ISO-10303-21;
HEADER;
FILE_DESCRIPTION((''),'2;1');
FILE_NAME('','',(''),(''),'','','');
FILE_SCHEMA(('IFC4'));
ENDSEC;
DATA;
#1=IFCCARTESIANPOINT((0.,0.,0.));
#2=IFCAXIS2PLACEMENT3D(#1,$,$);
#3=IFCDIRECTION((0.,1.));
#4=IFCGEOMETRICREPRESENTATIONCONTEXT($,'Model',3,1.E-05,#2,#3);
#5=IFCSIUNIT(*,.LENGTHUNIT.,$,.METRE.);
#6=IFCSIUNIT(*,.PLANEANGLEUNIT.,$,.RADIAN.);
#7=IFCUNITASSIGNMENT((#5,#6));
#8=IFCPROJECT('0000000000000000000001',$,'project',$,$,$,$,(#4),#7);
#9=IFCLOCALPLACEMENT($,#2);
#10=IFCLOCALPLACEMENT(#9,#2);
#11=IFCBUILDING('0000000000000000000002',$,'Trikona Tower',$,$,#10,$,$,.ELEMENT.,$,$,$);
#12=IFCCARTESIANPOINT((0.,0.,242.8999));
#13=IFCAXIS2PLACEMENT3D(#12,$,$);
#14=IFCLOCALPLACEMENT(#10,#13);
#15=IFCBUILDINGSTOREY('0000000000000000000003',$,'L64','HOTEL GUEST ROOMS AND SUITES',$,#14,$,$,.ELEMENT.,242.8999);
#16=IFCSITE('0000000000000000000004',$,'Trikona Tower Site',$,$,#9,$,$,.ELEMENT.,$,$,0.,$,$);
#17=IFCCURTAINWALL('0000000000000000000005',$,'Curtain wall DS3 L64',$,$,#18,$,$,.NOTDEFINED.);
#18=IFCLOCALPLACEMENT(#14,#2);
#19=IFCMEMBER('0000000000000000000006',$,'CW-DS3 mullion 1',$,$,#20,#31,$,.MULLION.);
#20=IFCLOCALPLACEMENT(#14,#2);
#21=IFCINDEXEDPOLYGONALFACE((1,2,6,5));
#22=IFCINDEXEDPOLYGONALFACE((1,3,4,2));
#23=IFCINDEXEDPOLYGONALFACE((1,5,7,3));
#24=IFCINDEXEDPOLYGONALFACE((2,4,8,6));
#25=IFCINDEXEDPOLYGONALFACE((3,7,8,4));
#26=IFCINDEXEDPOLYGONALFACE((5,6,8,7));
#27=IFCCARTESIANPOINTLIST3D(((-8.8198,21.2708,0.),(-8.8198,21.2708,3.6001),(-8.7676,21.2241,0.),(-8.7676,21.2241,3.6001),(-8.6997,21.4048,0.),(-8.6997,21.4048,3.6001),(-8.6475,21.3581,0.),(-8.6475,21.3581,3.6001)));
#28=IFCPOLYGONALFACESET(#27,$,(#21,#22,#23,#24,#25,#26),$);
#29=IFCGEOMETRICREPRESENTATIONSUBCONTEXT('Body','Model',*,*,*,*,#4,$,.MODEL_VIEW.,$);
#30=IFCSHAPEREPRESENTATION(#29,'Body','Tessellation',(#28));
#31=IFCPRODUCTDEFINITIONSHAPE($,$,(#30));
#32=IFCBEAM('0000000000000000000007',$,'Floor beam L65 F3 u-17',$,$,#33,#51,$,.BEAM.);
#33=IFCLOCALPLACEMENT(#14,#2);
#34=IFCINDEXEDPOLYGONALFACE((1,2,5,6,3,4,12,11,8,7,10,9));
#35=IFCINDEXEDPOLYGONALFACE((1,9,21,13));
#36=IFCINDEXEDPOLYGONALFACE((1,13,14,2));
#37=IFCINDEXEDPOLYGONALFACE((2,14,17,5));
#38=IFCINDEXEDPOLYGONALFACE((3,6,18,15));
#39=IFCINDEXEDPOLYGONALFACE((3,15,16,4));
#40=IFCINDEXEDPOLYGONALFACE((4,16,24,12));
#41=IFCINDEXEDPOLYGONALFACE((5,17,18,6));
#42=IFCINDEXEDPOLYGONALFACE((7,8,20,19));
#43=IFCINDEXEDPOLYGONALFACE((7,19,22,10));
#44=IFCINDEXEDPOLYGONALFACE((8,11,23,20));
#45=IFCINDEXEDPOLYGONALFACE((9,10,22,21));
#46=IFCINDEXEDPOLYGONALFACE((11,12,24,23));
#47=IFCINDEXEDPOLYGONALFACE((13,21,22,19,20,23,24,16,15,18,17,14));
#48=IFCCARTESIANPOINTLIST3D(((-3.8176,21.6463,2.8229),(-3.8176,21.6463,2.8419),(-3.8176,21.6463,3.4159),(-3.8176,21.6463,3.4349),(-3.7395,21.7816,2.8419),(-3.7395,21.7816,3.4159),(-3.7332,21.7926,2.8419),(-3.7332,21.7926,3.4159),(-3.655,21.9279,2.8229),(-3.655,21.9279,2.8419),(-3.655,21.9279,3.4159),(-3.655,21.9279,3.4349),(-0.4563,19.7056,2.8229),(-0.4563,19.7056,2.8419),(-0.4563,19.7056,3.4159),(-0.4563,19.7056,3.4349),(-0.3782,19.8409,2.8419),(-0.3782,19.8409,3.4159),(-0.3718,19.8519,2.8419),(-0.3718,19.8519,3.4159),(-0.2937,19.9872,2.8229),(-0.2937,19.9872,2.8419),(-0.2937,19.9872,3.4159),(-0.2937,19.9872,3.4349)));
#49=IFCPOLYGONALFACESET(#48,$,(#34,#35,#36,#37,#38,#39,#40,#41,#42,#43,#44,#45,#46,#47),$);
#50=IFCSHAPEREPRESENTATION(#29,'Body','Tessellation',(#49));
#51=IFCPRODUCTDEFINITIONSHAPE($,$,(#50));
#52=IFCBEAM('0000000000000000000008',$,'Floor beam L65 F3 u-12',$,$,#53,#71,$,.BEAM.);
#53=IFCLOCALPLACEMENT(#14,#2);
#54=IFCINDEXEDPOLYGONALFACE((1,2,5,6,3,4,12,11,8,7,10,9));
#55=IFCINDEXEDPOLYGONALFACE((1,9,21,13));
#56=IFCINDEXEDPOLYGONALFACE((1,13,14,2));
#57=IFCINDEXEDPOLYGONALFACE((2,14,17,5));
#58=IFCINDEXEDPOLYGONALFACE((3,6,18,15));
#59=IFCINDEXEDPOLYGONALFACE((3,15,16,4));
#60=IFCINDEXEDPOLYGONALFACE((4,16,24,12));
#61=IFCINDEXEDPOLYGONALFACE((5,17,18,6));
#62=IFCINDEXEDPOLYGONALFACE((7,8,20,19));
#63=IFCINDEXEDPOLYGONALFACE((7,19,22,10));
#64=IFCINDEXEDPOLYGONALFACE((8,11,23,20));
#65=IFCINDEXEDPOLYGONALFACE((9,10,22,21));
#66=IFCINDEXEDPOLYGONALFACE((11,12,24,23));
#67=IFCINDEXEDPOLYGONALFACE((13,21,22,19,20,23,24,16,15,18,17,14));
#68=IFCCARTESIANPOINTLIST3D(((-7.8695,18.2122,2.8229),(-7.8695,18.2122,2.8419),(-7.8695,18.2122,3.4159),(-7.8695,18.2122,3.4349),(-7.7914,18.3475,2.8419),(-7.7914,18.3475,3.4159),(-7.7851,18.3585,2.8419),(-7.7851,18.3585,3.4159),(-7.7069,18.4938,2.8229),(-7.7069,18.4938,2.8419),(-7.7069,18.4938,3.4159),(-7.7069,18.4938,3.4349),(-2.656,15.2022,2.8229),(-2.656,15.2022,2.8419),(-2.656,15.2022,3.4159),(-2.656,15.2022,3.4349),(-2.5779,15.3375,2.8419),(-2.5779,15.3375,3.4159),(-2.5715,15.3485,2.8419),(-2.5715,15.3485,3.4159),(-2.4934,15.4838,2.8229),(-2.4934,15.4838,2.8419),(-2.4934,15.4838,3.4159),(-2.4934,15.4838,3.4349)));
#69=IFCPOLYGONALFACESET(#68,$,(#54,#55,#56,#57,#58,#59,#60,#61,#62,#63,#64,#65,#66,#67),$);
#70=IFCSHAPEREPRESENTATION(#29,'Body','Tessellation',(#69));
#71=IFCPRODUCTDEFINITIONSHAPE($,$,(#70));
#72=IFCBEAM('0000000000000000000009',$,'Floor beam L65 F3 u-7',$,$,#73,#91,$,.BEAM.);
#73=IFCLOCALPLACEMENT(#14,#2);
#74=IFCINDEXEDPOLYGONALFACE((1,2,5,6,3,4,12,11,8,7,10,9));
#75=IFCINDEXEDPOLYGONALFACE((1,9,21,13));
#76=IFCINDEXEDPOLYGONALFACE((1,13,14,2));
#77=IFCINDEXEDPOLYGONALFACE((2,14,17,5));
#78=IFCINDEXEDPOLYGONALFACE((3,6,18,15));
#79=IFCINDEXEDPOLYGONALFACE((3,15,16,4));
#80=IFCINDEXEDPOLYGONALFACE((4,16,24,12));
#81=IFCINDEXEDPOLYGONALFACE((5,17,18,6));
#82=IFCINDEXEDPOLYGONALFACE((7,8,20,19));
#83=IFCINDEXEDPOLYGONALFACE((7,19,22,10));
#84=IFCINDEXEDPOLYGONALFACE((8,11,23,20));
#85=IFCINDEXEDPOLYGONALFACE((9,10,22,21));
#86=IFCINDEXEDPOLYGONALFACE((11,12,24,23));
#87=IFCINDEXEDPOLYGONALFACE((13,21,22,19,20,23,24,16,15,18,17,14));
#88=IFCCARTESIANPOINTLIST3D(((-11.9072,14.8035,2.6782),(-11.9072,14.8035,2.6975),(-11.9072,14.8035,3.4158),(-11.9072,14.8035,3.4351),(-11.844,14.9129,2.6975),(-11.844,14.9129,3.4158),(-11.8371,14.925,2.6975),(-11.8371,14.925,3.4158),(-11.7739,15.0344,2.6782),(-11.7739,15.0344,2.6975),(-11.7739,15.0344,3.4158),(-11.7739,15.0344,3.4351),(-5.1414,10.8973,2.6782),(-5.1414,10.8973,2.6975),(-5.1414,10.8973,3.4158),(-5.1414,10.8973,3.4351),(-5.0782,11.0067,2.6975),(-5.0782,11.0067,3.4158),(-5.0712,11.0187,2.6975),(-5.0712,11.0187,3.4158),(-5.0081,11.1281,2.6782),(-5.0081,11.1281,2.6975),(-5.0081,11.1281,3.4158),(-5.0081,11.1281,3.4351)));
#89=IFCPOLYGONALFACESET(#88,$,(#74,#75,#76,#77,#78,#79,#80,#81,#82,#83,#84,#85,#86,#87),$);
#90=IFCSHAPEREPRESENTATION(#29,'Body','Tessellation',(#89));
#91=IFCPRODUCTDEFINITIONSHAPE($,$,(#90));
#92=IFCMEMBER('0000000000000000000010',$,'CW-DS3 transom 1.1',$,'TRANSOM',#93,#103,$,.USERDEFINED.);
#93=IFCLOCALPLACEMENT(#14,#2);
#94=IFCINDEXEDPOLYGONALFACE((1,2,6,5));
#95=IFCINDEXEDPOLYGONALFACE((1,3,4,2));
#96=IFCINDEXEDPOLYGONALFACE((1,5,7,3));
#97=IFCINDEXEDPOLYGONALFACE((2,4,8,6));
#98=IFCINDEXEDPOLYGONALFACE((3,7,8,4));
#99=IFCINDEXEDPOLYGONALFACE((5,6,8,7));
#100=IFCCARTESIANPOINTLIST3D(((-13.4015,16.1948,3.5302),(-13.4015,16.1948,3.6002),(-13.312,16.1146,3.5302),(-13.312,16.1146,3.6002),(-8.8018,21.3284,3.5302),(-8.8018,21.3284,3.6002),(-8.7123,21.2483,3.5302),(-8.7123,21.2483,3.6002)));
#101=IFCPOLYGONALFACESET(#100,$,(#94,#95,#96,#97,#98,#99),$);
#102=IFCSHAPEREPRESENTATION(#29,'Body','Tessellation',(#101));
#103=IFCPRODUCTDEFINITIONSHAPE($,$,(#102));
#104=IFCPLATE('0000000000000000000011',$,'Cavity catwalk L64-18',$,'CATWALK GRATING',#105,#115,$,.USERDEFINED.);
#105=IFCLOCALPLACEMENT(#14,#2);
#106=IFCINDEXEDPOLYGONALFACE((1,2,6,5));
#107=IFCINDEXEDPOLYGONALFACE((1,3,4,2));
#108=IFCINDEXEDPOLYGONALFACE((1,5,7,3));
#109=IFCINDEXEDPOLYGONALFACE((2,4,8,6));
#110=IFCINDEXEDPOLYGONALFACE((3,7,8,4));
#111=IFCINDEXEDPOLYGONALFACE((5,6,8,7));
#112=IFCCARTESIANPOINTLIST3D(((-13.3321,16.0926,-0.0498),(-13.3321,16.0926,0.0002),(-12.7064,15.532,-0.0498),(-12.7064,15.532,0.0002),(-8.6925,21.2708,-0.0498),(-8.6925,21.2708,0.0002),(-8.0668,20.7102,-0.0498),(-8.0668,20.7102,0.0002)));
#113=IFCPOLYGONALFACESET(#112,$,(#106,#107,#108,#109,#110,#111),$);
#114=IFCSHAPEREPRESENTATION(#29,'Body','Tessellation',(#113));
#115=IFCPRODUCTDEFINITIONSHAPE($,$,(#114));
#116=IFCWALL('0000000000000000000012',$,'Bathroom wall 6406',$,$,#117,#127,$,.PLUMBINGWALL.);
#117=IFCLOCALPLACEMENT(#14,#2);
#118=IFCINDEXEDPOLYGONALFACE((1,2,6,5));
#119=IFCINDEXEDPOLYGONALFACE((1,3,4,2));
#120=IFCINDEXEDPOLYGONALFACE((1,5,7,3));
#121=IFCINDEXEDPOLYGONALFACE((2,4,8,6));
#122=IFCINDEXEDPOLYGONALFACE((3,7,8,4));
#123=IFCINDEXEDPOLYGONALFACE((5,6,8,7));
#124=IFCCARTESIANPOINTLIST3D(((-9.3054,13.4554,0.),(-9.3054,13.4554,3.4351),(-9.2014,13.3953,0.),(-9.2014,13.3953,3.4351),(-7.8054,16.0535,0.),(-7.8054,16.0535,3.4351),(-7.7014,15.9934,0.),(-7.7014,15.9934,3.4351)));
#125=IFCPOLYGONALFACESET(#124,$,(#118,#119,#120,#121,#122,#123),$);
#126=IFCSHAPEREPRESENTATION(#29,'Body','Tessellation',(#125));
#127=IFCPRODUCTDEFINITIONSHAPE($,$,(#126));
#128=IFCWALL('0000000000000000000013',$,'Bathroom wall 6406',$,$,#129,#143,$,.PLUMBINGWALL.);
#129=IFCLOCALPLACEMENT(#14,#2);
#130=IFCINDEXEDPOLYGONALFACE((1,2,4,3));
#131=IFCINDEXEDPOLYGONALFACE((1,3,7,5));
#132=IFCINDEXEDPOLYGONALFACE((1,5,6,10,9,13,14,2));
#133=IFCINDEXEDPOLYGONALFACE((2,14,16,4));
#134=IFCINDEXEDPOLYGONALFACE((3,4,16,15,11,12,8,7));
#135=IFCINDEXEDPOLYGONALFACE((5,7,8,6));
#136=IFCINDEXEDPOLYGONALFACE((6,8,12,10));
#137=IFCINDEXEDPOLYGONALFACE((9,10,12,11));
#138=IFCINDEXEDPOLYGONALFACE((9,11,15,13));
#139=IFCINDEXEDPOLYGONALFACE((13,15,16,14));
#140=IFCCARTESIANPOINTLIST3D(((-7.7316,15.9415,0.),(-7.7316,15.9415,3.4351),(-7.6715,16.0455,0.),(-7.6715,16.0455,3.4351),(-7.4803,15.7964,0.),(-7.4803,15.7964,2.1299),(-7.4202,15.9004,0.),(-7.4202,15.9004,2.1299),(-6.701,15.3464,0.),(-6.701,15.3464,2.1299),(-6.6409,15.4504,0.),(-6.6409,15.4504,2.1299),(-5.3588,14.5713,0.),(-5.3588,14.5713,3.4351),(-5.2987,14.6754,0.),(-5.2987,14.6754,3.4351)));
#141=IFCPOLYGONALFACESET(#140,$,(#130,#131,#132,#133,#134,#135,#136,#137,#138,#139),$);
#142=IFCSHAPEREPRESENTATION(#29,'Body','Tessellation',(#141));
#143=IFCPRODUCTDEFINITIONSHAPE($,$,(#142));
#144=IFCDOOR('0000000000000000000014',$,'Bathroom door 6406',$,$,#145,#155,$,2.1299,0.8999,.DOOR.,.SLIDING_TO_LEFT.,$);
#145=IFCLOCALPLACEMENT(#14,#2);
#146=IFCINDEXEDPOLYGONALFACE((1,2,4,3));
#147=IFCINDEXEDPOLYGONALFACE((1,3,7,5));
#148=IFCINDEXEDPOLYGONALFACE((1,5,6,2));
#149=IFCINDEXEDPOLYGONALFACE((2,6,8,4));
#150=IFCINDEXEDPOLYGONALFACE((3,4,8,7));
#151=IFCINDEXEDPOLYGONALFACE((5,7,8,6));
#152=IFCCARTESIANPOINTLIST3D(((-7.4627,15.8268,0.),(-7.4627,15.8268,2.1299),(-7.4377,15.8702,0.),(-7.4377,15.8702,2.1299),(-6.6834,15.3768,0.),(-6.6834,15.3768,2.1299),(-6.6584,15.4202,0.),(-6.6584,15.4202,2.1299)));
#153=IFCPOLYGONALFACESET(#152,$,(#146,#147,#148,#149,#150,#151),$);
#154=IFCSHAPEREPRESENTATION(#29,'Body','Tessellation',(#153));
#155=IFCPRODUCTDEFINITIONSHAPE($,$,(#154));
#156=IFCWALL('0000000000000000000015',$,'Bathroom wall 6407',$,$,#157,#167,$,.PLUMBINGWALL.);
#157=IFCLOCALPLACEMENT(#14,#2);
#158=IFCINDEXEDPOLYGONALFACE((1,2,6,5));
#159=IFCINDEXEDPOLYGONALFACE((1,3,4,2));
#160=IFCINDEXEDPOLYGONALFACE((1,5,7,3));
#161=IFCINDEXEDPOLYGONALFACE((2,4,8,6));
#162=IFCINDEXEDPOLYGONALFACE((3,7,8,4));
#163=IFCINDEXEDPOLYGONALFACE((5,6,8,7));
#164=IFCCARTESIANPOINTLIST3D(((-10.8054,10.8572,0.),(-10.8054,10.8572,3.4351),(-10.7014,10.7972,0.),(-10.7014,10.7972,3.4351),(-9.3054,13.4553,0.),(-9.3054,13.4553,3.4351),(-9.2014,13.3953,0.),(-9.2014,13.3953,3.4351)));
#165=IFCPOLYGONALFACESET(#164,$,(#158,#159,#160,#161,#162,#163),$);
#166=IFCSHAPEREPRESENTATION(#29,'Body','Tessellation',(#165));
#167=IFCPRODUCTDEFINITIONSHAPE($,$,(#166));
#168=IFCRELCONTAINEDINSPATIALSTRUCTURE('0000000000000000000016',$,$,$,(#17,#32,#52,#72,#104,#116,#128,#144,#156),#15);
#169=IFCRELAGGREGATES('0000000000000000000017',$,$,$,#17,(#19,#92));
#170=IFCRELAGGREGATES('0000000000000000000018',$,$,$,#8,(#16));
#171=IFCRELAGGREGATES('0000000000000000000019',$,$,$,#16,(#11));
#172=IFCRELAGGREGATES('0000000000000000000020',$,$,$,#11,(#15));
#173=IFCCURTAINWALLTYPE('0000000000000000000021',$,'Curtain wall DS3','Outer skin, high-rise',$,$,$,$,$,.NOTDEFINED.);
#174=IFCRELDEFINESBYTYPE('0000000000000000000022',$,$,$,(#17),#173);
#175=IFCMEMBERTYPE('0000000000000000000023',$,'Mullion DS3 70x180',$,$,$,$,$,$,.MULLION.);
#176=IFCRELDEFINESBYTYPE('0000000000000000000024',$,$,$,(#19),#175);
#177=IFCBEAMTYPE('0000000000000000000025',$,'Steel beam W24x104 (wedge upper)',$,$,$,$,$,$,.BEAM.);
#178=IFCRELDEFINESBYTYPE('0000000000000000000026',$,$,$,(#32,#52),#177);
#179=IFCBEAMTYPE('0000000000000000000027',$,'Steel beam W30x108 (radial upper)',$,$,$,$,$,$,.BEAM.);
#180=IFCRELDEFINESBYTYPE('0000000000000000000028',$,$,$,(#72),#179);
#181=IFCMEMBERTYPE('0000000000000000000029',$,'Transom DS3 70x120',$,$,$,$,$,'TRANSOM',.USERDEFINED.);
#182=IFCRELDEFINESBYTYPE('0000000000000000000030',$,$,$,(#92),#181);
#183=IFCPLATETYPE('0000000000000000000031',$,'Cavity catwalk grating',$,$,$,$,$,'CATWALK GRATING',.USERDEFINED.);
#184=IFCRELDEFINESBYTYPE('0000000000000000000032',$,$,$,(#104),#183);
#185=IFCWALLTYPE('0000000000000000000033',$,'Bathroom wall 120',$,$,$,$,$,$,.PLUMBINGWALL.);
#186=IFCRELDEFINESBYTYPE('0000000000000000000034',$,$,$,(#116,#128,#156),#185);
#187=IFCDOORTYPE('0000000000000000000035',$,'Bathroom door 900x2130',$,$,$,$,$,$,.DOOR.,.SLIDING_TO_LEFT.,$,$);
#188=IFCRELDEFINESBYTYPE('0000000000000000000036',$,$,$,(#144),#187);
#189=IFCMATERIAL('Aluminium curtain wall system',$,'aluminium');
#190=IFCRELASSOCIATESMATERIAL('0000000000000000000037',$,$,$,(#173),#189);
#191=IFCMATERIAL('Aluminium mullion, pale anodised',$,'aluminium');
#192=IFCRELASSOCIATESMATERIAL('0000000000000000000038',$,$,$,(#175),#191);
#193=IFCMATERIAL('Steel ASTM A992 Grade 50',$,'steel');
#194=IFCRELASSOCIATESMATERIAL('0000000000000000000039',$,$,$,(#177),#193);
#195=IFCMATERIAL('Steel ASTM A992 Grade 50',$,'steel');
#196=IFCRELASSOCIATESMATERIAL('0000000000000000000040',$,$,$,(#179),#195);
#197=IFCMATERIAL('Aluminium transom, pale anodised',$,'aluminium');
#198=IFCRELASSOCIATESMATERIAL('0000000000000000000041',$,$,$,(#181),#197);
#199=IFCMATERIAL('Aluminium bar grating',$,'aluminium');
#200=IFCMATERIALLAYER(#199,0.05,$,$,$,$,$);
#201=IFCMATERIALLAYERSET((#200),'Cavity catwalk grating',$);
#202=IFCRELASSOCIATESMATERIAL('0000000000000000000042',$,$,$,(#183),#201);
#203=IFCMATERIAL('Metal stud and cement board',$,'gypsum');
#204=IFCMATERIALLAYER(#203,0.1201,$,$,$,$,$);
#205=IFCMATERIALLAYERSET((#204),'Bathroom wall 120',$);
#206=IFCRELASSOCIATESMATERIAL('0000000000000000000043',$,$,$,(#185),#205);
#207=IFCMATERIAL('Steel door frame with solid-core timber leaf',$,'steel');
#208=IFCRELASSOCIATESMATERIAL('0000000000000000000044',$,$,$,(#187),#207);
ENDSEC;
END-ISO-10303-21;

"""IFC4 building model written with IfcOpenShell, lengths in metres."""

from ifc_helpers import new_model, si_unit, direction, frame, frame_2d, origin, origin_2d, place, context, subcontext, project, spatial, rectangle, i_section, extrude, material, layer, layer_set, material_profile, profile_set, type_object, element, fill, aggregate, save


model = new_model("IFC4")

# Units and contexts
model_context = context("Model", 3, precision=1e-05, world=origin(), true_north=direction((0.0, 1.0)))
body_context = subcontext(model_context, "Body", "Model", "MODEL_VIEW")
ifc_project = project(units=[si_unit("LENGTHUNIT", "METRE"), si_unit("PLANEANGLEUNIT", "RADIAN")], contexts=[model_context])

# Site, building, storey
site_placement = place(None, origin())
site = spatial("IfcSite", under=ifc_project, at=site_placement, Name="Trikona Tower Site", CompositionType="ELEMENT", RefElevation=0.0)
building_placement = place(site_placement, origin())
building = spatial("IfcBuilding", under=site, at=building_placement, Name="Trikona Tower", CompositionType="ELEMENT")
storey_placement = place(building_placement, frame((0.0, 0.0, 242.8999)))
storey = spatial("IfcBuildingStorey", under=building, at=storey_placement, Name="L64", Description="HOTEL GUEST ROOMS AND SUITES", CompositionType="ELEMENT", Elevation=242.8999)

# Curtain wall, member
ifc_material_1 = material(Name="Aluminium curtain wall system", Category="aluminium")
curtain_wall_type = type_object("IfcCurtainWallType", Name="Curtain wall DS3", Description="Outer skin, high-rise", PredefinedType="NOTDEFINED", material=ifc_material_1)
curtain_wall_placement = place(storey_placement, origin())
curtain_wall = element("IfcCurtainWall", 1, at=curtain_wall_placement, inside=storey, type_object=curtain_wall_type, Name="Curtain wall DS3 L64", PredefinedType="NOTDEFINED")
ifc_material_2 = material(Name="Aluminium mullion, pale anodised", Category="aluminium")
ifc_material_profile_1 = material_profile(ifc_material_2, rectangle(XDim=0.0701, YDim=0.1799, at=origin_2d()), Name="MUL-DS3")
ifc_profile_set_1 = profile_set([ifc_material_profile_1], Name="Aluminium mullion, pale anodised")
member_type_1 = type_object("IfcMemberType", Name="Mullion DS3 70x180", PredefinedType="MULLION", material=ifc_profile_set_1)
member_1_placement = place(storey_placement, frame((-8.7336, 21.3145, 0.0), z_axis=(0.0, 0.0, 1.0), x_axis=(0.744771, -0.66732, 0.0)))
member_1 = element("IfcMember", 2, at=member_1_placement, type_object=member_type_1, Name="CW-DS3 mullion 1", PredefinedType="MULLION", context=body_context, shape_type="SweptSolid", body=[
    extrude(rectangle(XDim=0.0701, YDim=0.1799, at=origin_2d()), origin(), (0.0, 0.0, 1.0), 3.6001),
])

# Beams
ifc_material_3 = material(Name="Steel ASTM A992 Grade 50", Category="steel")
ifc_material_profile_2 = material_profile(ifc_material_3, i_section(OverallWidth=0.3252, OverallDepth=0.6121, WebThickness=0.0127, FlangeThickness=0.019, at=origin_2d()), Name="W24X104")
ifc_profile_set_2 = profile_set([ifc_material_profile_2], Name="Steel ASTM A992 Grade 50")
beam_type_1 = type_object("IfcBeamType", Name="Steel beam W24x104 (wedge upper)", PredefinedType="BEAM", material=ifc_profile_set_2)
beam_1_placement = place(storey_placement, frame((-0.375, 19.8464, 3.1289), z_axis=(-0.866024, 0.500002, 0.0), x_axis=(-0.500002, -0.866024, 0.0)))
element("IfcBeam", 3, at=beam_1_placement, inside=storey, type_object=beam_type_1, Name="Floor beam L65 F3 u-17", PredefinedType="BEAM", context=body_context, shape_type="SweptSolid", body=[
    extrude(i_section(OverallWidth=0.3252, OverallDepth=0.6121, WebThickness=0.0127, FlangeThickness=0.019, at=origin_2d()), origin(), (0.0, 0.0, 1.0), 3.8813),
])
beam_2_placement = place(storey_placement, frame((-2.5747, 15.343, 3.1289), z_axis=(-0.866031, 0.49999, 0.0), x_axis=(-0.49999, -0.866031, 0.0)))
element("IfcBeam", 4, at=beam_2_placement, inside=storey, type_object=beam_type_1, Name="Floor beam L65 F3 u-12", PredefinedType="BEAM", context=body_context, shape_type="SweptSolid", body=[
    extrude(i_section(OverallWidth=0.3252, OverallDepth=0.6121, WebThickness=0.0127, FlangeThickness=0.019, at=origin_2d()), origin(), (0.0, 0.0, 1.0), 6.02),
])
ifc_material_4 = material(Name="Steel ASTM A992 Grade 50", Category="steel")
ifc_material_profile_3 = material_profile(ifc_material_4, i_section(OverallWidth=0.2666, OverallDepth=0.7568, WebThickness=0.0139, FlangeThickness=0.0193, at=origin_2d()), Name="W30X108")
ifc_profile_set_3 = profile_set([ifc_material_profile_3], Name="Steel ASTM A992 Grade 50")
beam_type_2 = type_object("IfcBeamType", Name="Steel beam W30x108 (radial upper)", PredefinedType="BEAM", material=ifc_profile_set_3)
beam_3_placement = place(storey_placement, frame((-5.0747, 11.0127, 3.0566), z_axis=(-0.866027, 0.499997, 0.0), x_axis=(-0.499997, -0.866027, 0.0)))
element("IfcBeam", 5, at=beam_3_placement, inside=storey, type_object=beam_type_2, Name="Floor beam L65 F3 u-7", PredefinedType="BEAM", context=body_context, shape_type="SweptSolid", body=[
    extrude(i_section(OverallWidth=0.2666, OverallDepth=0.7568, WebThickness=0.0139, FlangeThickness=0.0193, at=origin_2d()), origin(), (0.0, 0.0, 1.0), 7.8125),
])

# Member
ifc_material_5 = material(Name="Aluminium transom, pale anodised", Category="aluminium")
ifc_material_profile_4 = material_profile(ifc_material_5, rectangle(XDim=0.1201, YDim=0.0701, at=origin_2d()), Name="TRN-DS3")
ifc_profile_set_4 = profile_set([ifc_material_profile_4], Name="Aluminium transom, pale anodised")
member_type_2 = type_object("IfcMemberType", Name="Transom DS3 70x120", ElementType="TRANSOM", PredefinedType="USERDEFINED", material=ifc_profile_set_4)
member_2_placement = place(storey_placement, frame((-8.7571, 21.2883, 3.5652), z_axis=(-0.667313, -0.744777, 0.0), x_axis=(0.744777, -0.667313, 0.0)))
member_2 = element("IfcMember", 6, at=member_2_placement, type_object=member_type_2, Name="CW-DS3 transom 1.1", ObjectType="TRANSOM", PredefinedType="USERDEFINED", context=body_context, shape_type="SweptSolid", body=[
    extrude(rectangle(XDim=0.1201, YDim=0.0701, at=origin_2d()), origin(), (0.0, 0.0, 1.0), 6.8928),
])
aggregate(curtain_wall, [member_1, member_2])

# Plate
ifc_material_6 = material(Name="Aluminium bar grating", Category="aluminium")
ifc_layer_1 = layer(ifc_material_6, 0.05)
ifc_layer_set_1 = layer_set([ifc_layer_1], Name="Cavity catwalk grating")
plate_type = type_object("IfcPlateType", Name="Cavity catwalk grating", ElementType="CATWALK GRATING", PredefinedType="USERDEFINED", material=ifc_layer_set_1)
plate_placement = place(storey_placement, frame((-10.6995, 18.4014, -0.0498), z_axis=(0.0, 0.0, 1.0), x_axis=(-0.667311, -0.744779, 0.0)))
element("IfcPlate", 7, at=plate_placement, inside=storey, type_object=plate_type, Name="Cavity catwalk L64-18", ObjectType="CATWALK GRATING", PredefinedType="USERDEFINED", context=body_context, shape_type="SweptSolid", body=[
    extrude(rectangle(XDim=6.9526, YDim=0.8401, at=origin_2d()), origin(), (0.0, 0.0, 1.0), 0.05),
])

# Wall
ifc_material_7 = material(Name="Metal stud and cement board", Category="gypsum")
ifc_layer_2 = layer(ifc_material_7, 0.1201)
ifc_layer_set_2 = layer_set([ifc_layer_2], Name="Bathroom wall 120")
wall_type_1 = type_object("IfcWallType", Name="Bathroom wall 120", PredefinedType="PLUMBINGWALL", material=ifc_layer_set_2)
wall_1_placement = place(storey_placement, frame((-7.7534, 16.0234, 0.0), z_axis=(0.0, 0.0, 1.0), x_axis=(-0.49999, -0.866031, 0.0)))
element("IfcWall", 8, at=wall_1_placement, inside=storey, type_object=wall_type_1, Name="Bathroom wall 6406", PredefinedType="PLUMBINGWALL", context=body_context, shape_type="SweptSolid", body=[
    extrude(rectangle(XDim=3.0, YDim=0.1201, at=frame_2d((1.5, 0.0))), origin(), (0.0, 0.0, 1.0), 3.4351),
])

# Wall, opening, door
wall_2_placement = place(storey_placement, frame((-5.3286, 14.6233, 0.0), z_axis=(0.0, 0.0, 1.0), x_axis=(-0.865997, 0.500049, 0.0)))
wall_2 = element("IfcWall", 9, at=wall_2_placement, inside=storey, type_object=wall_type_1, Name="Bathroom wall 6406", PredefinedType="PLUMBINGWALL", context=body_context, shape_type="SweptSolid", body=[
    extrude(rectangle(XDim=2.74, YDim=0.1201, at=frame_2d((1.3701, 0.0))), origin(), (0.0, 0.0, 1.0), 3.4351),
])
opening_1_placement = place(wall_2_placement, frame((1.55, 0.0, 0.0)))
opening_1 = element("IfcOpeningElement", 10, at=opening_1_placement, cuts=wall_2, PredefinedType="OPENING", context=body_context, shape_type="SweptSolid", body=[
    extrude(rectangle(XDim=0.8999, YDim=2.1299, at=frame_2d((0.45, 1.0649))), frame((0.0, 0.0701, 0.0), z_axis=(0.0, -1.0, 0.0), x_axis=(1.0, 0.0, 0.0)), (0.0, 0.0, 1.0), 0.1401),
])
ifc_material_8 = material(Name="Steel door frame with solid-core timber leaf", Category="steel")
door_type_1 = type_object("IfcDoorType", Name="Bathroom door 900x2130", OperationType="SLIDING_TO_LEFT", PredefinedType="DOOR", material=ifc_material_8)
door_1_placement = place(opening_1_placement, origin())
door_1 = element("IfcDoor", 11, at=door_1_placement, inside=storey, type_object=door_type_1, Name="Bathroom door 6406", OperationType="SLIDING_TO_LEFT", OverallHeight=2.1299, OverallWidth=0.8999, PredefinedType="DOOR", context=body_context, shape_type="SweptSolid", body=[
    extrude(rectangle(XDim=0.8999, YDim=2.1299, at=frame_2d((0.45, 1.0649))), frame((0.0, 0.0249, 0.0), z_axis=(0.0, -1.0, 0.0), x_axis=(1.0, 0.0, 0.0)), (0.0, 0.0, 1.0), 0.05),
])
fill(opening_1, door_1)

# Wall
wall_3_placement = place(storey_placement, frame((-9.2534, 13.4253, 0.0), z_axis=(0.0, 0.0, 1.0), x_axis=(-0.49999, -0.866031, 0.0)))
element("IfcWall", 12, at=wall_3_placement, inside=storey, type_object=wall_type_1, Name="Bathroom wall 6407", PredefinedType="PLUMBINGWALL", context=body_context, shape_type="SweptSolid", body=[
    extrude(rectangle(XDim=3.0, YDim=0.1201, at=frame_2d((1.5, 0.0))), origin(), (0.0, 0.0, 1.0), 3.4351),
])

save(model, "model.ifc")
